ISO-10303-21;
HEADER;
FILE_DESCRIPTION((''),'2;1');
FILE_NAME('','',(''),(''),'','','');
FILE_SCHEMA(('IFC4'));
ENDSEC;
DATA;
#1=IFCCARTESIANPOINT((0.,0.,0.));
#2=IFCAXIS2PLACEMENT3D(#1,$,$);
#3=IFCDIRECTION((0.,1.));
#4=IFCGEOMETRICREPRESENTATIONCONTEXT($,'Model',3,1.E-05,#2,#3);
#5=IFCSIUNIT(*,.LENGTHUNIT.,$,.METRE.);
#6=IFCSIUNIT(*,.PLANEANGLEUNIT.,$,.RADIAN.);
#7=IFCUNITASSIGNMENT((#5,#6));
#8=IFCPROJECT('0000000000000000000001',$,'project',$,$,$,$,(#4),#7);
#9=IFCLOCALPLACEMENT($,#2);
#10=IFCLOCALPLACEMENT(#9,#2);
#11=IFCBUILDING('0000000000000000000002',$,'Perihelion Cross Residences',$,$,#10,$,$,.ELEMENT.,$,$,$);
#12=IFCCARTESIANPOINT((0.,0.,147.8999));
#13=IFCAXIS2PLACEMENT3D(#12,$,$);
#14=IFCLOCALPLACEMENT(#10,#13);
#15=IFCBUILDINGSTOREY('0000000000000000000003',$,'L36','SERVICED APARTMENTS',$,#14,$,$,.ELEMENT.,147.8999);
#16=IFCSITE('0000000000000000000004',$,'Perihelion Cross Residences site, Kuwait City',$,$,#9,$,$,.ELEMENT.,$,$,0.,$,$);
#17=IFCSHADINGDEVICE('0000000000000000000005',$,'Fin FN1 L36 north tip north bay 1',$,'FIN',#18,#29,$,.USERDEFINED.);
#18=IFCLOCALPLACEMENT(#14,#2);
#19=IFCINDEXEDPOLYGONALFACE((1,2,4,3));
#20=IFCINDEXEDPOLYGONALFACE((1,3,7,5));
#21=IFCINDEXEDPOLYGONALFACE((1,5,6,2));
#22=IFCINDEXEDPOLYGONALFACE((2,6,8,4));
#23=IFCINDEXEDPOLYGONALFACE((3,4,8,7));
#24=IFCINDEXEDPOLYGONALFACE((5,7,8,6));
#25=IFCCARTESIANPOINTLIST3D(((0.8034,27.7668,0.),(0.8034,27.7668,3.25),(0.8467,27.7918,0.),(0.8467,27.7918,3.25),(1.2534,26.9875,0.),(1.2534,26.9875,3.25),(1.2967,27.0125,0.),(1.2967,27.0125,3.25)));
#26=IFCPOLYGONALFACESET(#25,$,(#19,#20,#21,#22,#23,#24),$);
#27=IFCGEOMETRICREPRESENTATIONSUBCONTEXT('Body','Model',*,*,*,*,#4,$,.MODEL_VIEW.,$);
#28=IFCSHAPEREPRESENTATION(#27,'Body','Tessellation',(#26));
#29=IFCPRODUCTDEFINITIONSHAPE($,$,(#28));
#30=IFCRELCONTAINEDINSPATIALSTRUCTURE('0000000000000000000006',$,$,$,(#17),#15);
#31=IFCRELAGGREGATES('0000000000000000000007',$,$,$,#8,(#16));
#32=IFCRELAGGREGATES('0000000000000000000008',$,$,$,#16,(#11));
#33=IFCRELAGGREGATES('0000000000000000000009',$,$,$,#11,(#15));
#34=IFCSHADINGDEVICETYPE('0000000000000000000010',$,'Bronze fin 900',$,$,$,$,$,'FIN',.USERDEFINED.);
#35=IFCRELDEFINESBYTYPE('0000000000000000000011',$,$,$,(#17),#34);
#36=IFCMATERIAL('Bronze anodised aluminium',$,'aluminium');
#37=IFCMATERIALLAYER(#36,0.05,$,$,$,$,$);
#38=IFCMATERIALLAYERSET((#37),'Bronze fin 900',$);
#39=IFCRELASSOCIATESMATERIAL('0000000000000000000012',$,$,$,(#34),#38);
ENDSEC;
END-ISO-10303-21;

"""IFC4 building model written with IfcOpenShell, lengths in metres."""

from ifc_helpers import new_model, si_unit, direction, frame, origin, origin_2d, place, context, subcontext, project, spatial, rectangle, extrude, material, layer, layer_set, type_object, element, save


model = new_model("IFC4")

# Units and contexts
model_context = context("Model", 3, precision=1e-05, world=origin(), true_north=direction((0.0, 1.0)))
body_context = subcontext(model_context, "Body", "Model", "MODEL_VIEW")
ifc_project = project(units=[si_unit("LENGTHUNIT", "METRE"), si_unit("PLANEANGLEUNIT", "RADIAN")], contexts=[model_context])

# Site, building, storey
site_placement = place(None, origin())
site = spatial("IfcSite", under=ifc_project, at=site_placement, Name="Perihelion Cross Residences site, Kuwait City", CompositionType="ELEMENT", RefElevation=0.0)
building_placement = place(site_placement, origin())
building = spatial("IfcBuilding", under=site, at=building_placement, Name="Perihelion Cross Residences", CompositionType="ELEMENT")
storey_placement = place(building_placement, frame((0.0, 0.0, 147.8999)))
storey = spatial("IfcBuildingStorey", under=building, at=storey_placement, Name="L36", Description="SERVICED APARTMENTS", CompositionType="ELEMENT", Elevation=147.8999)

# Shading device
ifc_material_1 = material(Name="Bronze anodised aluminium", Category="aluminium")
ifc_layer_1 = layer(ifc_material_1, 0.05)
ifc_layer_set_1 = layer_set([ifc_layer_1], Name="Bronze fin 900")
shading_device_type = type_object("IfcShadingDeviceType", Name="Bronze fin 900", ElementType="FIN", PredefinedType="USERDEFINED", material=ifc_layer_set_1)
shading_device_placement = place(storey_placement, frame((1.05, 27.3896, 0.0), z_axis=(0.0, 0.0, 1.0), x_axis=(-0.5, 0.866025, 0.0)))
element("IfcShadingDevice", 1, at=shading_device_placement, inside=storey, type_object=shading_device_type, Name="Fin FN1 L36 north tip north bay 1", ObjectType="FIN", PredefinedType="USERDEFINED", context=body_context, shape_type="SweptSolid", body=[
    extrude(rectangle(XDim=0.8999, YDim=0.05, at=origin_2d()), origin(), (0.0, 0.0, 1.0), 3.25),
])

save(model, "model.ifc")
